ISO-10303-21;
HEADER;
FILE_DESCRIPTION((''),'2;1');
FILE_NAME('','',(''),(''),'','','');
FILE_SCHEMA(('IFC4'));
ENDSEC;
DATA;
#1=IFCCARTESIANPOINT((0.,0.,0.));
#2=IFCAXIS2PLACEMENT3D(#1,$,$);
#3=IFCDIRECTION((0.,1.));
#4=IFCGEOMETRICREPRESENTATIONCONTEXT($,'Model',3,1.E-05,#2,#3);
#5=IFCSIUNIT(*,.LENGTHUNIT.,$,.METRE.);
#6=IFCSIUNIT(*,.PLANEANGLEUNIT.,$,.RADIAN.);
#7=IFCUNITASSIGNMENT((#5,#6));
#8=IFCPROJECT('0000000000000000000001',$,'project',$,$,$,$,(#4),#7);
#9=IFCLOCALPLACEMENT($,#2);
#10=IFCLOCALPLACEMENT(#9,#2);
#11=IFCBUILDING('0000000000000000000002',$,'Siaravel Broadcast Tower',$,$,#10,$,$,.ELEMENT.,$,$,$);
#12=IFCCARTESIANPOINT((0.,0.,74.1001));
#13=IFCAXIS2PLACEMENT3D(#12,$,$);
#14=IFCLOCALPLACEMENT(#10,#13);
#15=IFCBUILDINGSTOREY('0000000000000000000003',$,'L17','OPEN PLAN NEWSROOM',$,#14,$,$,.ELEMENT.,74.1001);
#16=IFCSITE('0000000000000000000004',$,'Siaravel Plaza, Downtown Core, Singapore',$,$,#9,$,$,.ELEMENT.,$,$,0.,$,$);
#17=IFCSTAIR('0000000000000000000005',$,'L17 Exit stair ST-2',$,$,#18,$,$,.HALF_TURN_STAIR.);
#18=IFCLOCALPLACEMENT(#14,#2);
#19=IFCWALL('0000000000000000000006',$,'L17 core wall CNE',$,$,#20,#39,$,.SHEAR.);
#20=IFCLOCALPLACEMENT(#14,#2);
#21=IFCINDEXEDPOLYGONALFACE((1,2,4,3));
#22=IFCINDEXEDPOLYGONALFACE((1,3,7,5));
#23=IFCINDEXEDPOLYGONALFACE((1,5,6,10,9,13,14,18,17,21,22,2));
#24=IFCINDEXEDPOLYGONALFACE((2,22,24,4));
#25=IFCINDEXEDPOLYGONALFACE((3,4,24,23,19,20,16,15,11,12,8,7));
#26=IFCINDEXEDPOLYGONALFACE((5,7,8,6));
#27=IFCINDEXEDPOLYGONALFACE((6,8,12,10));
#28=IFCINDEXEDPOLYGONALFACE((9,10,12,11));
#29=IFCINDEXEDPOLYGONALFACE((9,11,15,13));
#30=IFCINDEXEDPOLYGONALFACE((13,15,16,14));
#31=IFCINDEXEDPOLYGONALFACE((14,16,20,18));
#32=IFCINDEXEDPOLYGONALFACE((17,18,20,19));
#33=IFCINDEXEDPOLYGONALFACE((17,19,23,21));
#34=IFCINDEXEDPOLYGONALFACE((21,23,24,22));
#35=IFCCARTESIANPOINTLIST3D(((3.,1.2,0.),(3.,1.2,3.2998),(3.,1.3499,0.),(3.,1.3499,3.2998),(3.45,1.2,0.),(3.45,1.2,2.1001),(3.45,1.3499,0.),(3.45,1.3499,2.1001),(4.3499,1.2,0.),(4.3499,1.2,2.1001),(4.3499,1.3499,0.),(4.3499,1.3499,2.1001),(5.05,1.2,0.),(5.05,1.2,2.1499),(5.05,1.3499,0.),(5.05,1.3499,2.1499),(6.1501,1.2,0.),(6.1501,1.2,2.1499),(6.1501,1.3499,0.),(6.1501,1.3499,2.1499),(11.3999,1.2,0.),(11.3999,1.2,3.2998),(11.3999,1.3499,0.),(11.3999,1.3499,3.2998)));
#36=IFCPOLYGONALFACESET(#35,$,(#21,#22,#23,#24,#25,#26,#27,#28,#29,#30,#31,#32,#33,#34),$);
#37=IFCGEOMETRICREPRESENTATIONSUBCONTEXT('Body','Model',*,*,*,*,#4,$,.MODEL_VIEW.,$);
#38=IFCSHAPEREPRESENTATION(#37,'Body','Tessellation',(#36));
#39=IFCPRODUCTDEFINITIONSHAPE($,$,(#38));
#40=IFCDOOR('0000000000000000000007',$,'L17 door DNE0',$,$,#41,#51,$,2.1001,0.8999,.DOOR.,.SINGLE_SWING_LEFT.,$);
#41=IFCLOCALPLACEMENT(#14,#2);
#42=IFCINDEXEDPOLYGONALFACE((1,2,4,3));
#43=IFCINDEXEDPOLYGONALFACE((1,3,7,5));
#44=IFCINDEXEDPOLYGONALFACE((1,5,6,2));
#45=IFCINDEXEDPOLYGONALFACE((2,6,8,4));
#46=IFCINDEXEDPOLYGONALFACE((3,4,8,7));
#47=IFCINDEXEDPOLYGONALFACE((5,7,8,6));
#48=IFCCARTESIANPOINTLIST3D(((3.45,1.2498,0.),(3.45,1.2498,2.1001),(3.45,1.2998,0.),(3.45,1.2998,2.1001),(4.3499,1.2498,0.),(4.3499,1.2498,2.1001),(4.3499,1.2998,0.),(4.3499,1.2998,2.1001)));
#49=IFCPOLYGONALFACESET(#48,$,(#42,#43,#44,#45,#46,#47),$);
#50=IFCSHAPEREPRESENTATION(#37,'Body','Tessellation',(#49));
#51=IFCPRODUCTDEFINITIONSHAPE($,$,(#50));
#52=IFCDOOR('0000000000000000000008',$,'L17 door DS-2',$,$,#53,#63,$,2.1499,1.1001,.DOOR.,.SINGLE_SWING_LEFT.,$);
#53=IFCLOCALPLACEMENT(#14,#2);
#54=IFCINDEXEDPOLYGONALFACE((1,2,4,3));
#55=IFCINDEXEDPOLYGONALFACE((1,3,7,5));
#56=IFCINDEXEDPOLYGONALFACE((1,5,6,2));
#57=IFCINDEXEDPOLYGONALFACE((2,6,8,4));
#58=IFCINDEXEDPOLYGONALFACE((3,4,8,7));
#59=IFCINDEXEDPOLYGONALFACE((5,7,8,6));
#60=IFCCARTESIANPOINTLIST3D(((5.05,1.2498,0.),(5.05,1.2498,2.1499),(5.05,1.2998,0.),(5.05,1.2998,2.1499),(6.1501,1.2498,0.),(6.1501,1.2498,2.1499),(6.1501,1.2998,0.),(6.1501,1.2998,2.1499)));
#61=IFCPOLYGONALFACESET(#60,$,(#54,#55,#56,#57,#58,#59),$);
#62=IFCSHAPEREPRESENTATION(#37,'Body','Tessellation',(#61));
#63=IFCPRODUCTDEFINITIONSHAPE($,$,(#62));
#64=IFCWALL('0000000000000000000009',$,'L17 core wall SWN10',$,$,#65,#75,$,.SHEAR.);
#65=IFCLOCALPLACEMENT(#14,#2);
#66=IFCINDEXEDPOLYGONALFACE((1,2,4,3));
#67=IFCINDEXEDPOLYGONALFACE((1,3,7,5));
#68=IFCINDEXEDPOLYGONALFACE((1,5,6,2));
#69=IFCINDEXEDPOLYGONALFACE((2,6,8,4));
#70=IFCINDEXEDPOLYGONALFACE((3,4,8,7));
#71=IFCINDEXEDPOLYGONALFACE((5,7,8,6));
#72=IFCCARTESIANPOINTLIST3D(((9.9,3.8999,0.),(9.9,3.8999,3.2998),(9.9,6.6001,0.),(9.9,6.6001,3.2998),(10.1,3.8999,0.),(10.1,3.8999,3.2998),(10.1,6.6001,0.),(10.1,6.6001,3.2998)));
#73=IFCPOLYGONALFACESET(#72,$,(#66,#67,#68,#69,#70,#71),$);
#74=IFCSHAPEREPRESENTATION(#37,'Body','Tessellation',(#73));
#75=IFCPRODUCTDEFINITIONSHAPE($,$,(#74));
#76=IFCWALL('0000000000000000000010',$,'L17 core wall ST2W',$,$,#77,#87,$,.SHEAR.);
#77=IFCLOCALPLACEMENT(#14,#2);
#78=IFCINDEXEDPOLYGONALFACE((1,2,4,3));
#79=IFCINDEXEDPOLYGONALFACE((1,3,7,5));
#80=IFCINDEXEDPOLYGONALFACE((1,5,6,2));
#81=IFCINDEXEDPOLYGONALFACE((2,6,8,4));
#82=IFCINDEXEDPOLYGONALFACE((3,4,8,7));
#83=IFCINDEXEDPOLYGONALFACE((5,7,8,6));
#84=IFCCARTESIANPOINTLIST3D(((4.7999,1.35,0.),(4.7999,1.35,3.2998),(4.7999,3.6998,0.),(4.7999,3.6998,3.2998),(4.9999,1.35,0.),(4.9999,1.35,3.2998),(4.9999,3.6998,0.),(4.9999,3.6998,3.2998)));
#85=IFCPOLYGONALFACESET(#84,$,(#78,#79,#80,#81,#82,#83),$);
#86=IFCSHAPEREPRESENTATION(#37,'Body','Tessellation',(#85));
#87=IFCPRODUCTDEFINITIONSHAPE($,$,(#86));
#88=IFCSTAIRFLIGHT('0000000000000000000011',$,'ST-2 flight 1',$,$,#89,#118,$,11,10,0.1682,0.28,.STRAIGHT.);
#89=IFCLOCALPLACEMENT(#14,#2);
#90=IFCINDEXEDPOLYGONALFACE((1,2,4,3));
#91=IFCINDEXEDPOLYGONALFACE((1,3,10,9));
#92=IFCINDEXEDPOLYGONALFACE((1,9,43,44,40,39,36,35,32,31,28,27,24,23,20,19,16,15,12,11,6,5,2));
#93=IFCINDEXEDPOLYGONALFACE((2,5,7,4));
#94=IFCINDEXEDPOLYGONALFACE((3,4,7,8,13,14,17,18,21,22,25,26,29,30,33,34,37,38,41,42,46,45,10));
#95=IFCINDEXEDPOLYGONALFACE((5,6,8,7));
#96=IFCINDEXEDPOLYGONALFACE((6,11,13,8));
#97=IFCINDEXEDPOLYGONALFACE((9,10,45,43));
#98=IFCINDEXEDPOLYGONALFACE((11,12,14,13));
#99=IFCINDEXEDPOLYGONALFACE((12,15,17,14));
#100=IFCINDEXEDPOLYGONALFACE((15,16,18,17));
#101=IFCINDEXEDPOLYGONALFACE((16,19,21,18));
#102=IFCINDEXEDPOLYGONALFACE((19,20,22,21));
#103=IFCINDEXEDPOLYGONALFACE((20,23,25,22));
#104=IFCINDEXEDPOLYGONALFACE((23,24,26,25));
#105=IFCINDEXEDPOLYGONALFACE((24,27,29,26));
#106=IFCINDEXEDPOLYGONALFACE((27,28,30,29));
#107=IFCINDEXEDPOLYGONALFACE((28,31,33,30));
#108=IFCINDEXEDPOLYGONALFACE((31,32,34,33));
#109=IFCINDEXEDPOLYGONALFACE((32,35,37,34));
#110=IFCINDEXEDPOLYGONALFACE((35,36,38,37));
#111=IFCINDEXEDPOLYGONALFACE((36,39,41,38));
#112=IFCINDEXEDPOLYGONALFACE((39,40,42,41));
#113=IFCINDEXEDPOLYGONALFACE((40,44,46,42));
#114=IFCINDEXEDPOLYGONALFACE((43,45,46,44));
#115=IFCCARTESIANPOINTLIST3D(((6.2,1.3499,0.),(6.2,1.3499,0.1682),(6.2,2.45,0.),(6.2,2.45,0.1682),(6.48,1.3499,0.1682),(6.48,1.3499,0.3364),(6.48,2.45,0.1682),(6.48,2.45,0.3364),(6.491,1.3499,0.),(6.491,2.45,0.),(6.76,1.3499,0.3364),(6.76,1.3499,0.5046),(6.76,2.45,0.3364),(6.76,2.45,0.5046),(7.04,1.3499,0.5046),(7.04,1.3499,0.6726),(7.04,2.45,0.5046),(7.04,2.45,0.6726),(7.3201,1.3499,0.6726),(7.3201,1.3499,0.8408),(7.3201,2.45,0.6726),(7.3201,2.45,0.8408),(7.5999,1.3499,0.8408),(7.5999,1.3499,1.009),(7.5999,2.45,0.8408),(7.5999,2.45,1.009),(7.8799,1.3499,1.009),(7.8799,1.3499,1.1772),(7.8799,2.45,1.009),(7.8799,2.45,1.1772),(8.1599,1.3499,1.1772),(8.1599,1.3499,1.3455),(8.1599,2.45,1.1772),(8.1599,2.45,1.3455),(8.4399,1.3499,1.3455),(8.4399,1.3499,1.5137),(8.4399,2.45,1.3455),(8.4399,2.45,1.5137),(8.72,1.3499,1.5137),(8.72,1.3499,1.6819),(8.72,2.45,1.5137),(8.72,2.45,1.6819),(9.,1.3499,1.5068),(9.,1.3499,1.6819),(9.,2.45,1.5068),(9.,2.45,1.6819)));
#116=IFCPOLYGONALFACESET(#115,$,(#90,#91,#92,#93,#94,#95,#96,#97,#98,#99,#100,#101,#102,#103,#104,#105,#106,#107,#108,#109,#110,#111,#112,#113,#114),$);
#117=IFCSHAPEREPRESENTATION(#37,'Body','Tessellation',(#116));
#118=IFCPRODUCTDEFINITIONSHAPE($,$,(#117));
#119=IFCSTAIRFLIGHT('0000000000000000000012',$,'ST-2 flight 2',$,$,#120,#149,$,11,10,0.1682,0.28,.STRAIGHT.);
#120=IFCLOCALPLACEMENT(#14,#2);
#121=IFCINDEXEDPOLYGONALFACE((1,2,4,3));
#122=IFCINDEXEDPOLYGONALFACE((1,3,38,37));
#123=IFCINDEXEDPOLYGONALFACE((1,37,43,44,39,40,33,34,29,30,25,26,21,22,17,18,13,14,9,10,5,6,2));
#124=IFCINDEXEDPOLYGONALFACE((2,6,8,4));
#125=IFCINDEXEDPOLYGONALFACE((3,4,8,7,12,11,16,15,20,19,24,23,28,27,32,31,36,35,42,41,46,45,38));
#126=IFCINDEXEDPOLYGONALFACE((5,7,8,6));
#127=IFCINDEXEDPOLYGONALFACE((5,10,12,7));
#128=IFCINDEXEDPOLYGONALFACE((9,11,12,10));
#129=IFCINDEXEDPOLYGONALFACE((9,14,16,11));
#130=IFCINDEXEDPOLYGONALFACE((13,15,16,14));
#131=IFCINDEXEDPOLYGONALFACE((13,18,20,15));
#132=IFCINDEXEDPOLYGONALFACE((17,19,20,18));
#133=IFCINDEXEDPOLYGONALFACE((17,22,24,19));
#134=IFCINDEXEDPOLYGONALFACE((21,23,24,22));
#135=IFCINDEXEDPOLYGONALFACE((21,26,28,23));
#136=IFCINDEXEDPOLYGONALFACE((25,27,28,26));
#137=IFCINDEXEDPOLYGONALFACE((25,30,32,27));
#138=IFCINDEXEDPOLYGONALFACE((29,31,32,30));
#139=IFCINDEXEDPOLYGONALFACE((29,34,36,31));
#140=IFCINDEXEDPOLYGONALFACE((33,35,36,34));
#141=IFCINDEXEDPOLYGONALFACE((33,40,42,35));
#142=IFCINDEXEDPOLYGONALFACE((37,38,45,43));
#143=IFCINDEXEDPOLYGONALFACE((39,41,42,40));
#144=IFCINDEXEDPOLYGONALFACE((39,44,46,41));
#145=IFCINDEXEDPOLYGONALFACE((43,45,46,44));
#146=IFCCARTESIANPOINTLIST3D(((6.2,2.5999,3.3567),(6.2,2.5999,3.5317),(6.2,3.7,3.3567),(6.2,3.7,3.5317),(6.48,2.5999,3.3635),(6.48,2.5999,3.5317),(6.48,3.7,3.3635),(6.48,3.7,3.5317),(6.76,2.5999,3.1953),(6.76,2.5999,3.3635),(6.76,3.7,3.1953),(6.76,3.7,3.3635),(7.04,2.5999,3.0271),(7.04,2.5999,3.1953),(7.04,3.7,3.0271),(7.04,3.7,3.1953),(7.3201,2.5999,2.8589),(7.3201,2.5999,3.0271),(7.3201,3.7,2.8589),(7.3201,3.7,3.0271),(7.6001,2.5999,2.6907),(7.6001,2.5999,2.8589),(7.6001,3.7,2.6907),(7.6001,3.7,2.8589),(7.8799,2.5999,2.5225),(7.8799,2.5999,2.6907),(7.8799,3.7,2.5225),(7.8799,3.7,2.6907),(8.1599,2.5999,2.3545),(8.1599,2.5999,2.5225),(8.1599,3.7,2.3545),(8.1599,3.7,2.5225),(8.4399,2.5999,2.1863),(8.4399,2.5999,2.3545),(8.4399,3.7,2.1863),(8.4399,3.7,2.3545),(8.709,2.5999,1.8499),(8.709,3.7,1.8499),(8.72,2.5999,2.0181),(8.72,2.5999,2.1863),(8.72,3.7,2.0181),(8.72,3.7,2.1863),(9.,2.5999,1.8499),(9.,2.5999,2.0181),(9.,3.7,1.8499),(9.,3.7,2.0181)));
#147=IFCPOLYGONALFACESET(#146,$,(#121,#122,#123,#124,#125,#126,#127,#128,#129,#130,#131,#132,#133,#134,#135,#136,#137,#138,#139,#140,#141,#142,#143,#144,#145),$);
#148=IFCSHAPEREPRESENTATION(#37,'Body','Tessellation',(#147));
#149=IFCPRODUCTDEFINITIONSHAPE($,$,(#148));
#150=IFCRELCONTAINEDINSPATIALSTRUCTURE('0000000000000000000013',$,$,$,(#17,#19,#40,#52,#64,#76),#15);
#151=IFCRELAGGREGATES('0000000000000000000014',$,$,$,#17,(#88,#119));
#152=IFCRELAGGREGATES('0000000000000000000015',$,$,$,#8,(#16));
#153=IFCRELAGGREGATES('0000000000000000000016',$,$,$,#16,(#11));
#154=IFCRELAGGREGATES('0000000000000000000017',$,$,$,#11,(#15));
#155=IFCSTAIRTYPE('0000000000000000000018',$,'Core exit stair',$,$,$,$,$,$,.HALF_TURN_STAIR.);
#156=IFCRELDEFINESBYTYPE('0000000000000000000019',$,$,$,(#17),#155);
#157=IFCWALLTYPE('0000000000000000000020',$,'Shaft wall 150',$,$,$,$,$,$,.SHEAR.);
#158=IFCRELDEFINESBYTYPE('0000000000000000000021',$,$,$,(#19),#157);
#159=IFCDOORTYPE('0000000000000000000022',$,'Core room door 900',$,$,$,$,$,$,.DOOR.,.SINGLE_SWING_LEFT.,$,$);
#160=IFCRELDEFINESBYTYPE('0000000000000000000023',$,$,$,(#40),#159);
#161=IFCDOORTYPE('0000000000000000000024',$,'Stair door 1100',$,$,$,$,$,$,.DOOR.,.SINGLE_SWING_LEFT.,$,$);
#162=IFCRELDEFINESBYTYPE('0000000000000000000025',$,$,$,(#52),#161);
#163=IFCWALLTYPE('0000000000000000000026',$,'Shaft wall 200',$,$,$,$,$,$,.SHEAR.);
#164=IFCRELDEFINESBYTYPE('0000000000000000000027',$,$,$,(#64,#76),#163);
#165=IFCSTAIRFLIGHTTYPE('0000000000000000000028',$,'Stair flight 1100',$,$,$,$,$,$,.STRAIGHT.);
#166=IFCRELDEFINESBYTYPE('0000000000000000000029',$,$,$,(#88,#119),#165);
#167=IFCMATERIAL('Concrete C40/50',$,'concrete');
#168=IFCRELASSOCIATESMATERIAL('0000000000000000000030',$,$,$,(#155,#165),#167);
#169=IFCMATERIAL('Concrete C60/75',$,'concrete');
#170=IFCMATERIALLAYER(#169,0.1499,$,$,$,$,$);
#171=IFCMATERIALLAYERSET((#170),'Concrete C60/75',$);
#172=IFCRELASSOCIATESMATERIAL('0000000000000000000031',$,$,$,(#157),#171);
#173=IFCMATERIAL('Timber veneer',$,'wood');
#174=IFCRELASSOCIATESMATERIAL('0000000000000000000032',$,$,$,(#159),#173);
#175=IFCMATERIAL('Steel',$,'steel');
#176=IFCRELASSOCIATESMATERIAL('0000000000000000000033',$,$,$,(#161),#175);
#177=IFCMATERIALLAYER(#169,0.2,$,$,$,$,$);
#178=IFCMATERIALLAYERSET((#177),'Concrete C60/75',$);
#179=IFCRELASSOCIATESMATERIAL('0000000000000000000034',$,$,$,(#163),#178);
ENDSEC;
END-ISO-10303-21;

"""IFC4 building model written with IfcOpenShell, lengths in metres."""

from ifc_helpers import new_model, si_unit, direction, frame, frame_2d, origin, place, context, subcontext, project, spatial, polyline, rectangle, outline, extrude, material, layer, layer_set, type_object, element, fill, aggregate, save


model = new_model("IFC4")

# Units and contexts
model_context = context("Model", 3, precision=1e-05, world=origin(), true_north=direction((0.0, 1.0)))
body_context = subcontext(model_context, "Body", "Model", "MODEL_VIEW")
ifc_project = project(units=[si_unit("LENGTHUNIT", "METRE"), si_unit("PLANEANGLEUNIT", "RADIAN")], contexts=[model_context])

# Site, building, storey
site_placement = place(None, origin())
site = spatial("IfcSite", under=ifc_project, at=site_placement, Name="Siaravel Plaza, Downtown Core, Singapore", CompositionType="ELEMENT", RefElevation=0.0)
building_placement = place(site_placement, origin())
building = spatial("IfcBuilding", under=site, at=building_placement, Name="Siaravel Broadcast Tower", CompositionType="ELEMENT")
storey_placement = place(building_placement, frame((0.0, 0.0, 74.1001)))
storey = spatial("IfcBuildingStorey", under=building, at=storey_placement, Name="L17", Description="OPEN PLAN NEWSROOM", CompositionType="ELEMENT", Elevation=74.1001)

# Shared definitions
ifc_material_1 = material(Name="Concrete C40/50", Category="concrete")

# Stair
stair_type = type_object("IfcStairType", Name="Core exit stair", PredefinedType="HALF_TURN_STAIR", material=ifc_material_1)
stair_1_placement = place(storey_placement, origin())
stair_1 = element("IfcStair", 1, at=stair_1_placement, inside=storey, type_object=stair_type, Name="L17 Exit stair ST-2", PredefinedType="HALF_TURN_STAIR")

# Shared definitions
ifc_material_2 = material(Name="Timber veneer", Category="wood")

# Wall, openings, doors
ifc_material_3 = material(Name="Concrete C60/75", Category="concrete")
ifc_layer_1 = layer(ifc_material_3, 0.1499)
ifc_layer_set_1 = layer_set([ifc_layer_1], Name="Concrete C60/75")
wall_type_1 = type_object("IfcWallType", Name="Shaft wall 150", PredefinedType="SHEAR", material=ifc_layer_set_1)
wall_1_placement = place(storey_placement, frame((3.0, 1.2749, 0.0), z_axis=(0.0, 0.0, 1.0), x_axis=(1.0, 0.0, 0.0)))
wall_1 = element("IfcWall", 2, at=wall_1_placement, inside=storey, type_object=wall_type_1, Name="L17 core wall CNE", PredefinedType="SHEAR", context=body_context, shape_type="SweptSolid", body=[
    extrude(rectangle(XDim=8.3999, YDim=0.1499, at=frame_2d((4.2, 0.0))), origin(), (0.0, 0.0, 1.0), 3.2998),
])
opening_1_placement = place(wall_1_placement, frame((2.05, 0.0, 0.0)))
opening_1 = element("IfcOpeningElement", 3, at=opening_1_placement, cuts=wall_1, PredefinedType="OPENING", context=body_context, shape_type="SweptSolid", body=[
    extrude(rectangle(XDim=1.1001, YDim=2.1499, at=frame_2d((0.55, 1.075))), frame((0.0, 0.085, 0.0), z_axis=(0.0, -1.0, 0.0), x_axis=(1.0, 0.0, 0.0)), (0.0, 0.0, 1.0), 0.1699),
])
opening_2_placement = place(wall_1_placement, frame((0.45, 0.0, 0.0)))
opening_2 = element("IfcOpeningElement", 4, at=opening_2_placement, cuts=wall_1, PredefinedType="OPENING", context=body_context, shape_type="SweptSolid", body=[
    extrude(rectangle(XDim=0.8999, YDim=2.1001, at=frame_2d((0.45, 1.05))), frame((0.0, 0.085, 0.0), z_axis=(0.0, -1.0, 0.0), x_axis=(1.0, 0.0, 0.0)), (0.0, 0.0, 1.0), 0.1699),
])
door_type_1 = type_object("IfcDoorType", Name="Core room door 900", OperationType="SINGLE_SWING_LEFT", PredefinedType="DOOR", material=ifc_material_2)
door_1_placement = place(opening_2_placement, origin())
door_1 = element("IfcDoor", 5, at=door_1_placement, inside=storey, type_object=door_type_1, Name="L17 door DNE0", OperationType="SINGLE_SWING_LEFT", OverallHeight=2.1001, OverallWidth=0.8999, PredefinedType="DOOR", context=body_context, shape_type="SweptSolid", body=[
    extrude(rectangle(XDim=0.8999, YDim=2.1001, at=frame_2d((0.45, 1.05))), frame((0.0, 0.0249, 0.0), z_axis=(0.0, -1.0, 0.0), x_axis=(1.0, 0.0, 0.0)), (0.0, 0.0, 1.0), 0.05),
])
fill(opening_2, door_1)
ifc_material_4 = material(Name="Steel", Category="steel")
door_type_2 = type_object("IfcDoorType", Name="Stair door 1100", OperationType="SINGLE_SWING_LEFT", PredefinedType="DOOR", material=ifc_material_4)
door_2_placement = place(opening_1_placement, origin())
door_2 = element("IfcDoor", 6, at=door_2_placement, inside=storey, type_object=door_type_2, Name="L17 door DS-2", OperationType="SINGLE_SWING_LEFT", OverallHeight=2.1499, OverallWidth=1.1001, PredefinedType="DOOR", context=body_context, shape_type="SweptSolid", body=[
    extrude(rectangle(XDim=1.1001, YDim=2.1499, at=frame_2d((0.55, 1.075))), frame((0.0, 0.0249, 0.0), z_axis=(0.0, -1.0, 0.0), x_axis=(1.0, 0.0, 0.0)), (0.0, 0.0, 1.0), 0.05),
])
fill(opening_1, door_2)

# Walls
ifc_layer_2 = layer(ifc_material_3, 0.2)
ifc_layer_set_2 = layer_set([ifc_layer_2], Name="Concrete C60/75")
wall_type_2 = type_object("IfcWallType", Name="Shaft wall 200", PredefinedType="SHEAR", material=ifc_layer_set_2)
wall_2_placement = place(storey_placement, frame((10.0, 3.8999, 0.0), z_axis=(0.0, 0.0, 1.0), x_axis=(0.0, 1.0, 0.0)))
element("IfcWall", 7, at=wall_2_placement, inside=storey, type_object=wall_type_2, Name="L17 core wall SWN10", PredefinedType="SHEAR", context=body_context, shape_type="SweptSolid", body=[
    extrude(rectangle(XDim=2.7002, YDim=0.2, at=frame_2d((1.3501, 0.0))), origin(), (0.0, 0.0, 1.0), 3.2998),
])
wall_3_placement = place(storey_placement, frame((4.8999, 1.3501, 0.0), z_axis=(0.0, 0.0, 1.0), x_axis=(0.0, 1.0, 0.0)))
element("IfcWall", 8, at=wall_3_placement, inside=storey, type_object=wall_type_2, Name="L17 core wall ST2W", PredefinedType="SHEAR", context=body_context, shape_type="SweptSolid", body=[
    extrude(rectangle(XDim=2.3499, YDim=0.2, at=frame_2d((1.1748, 0.0))), origin(), (0.0, 0.0, 1.0), 3.2998),
])

# Stair flights
stair_flight_type = type_object("IfcStairFlightType", Name="Stair flight 1100", PredefinedType="STRAIGHT", material=ifc_material_1)
stair_flight_1_placement = place(storey_placement, frame((6.2, 1.8999, 0.0), z_axis=(0.0, 0.0, 1.0), x_axis=(1.0, 0.0, 0.0)))
stair_flight_1 = element("IfcStairFlight", 9, at=stair_flight_1_placement, type_object=stair_flight_type, Name="ST-2 flight 1", NumberOfRisers=11, NumberOfTreads=10, PredefinedType="STRAIGHT", RiserHeight=0.1682, TreadLength=0.28, context=body_context, shape_type="SweptSolid", body=[
    extrude(outline(polyline([(0.0, 0.0), (0.0, 0.1682), (0.28, 0.1682), (0.28, 0.3364), (0.5601, 0.3364), (0.5601, 0.5046), (0.8401, 0.5046), (0.8401, 0.6726), (1.1201, 0.6726), (1.1201, 0.8408), (1.3999, 0.8408), (1.3999, 1.009), (1.6799, 1.009), (1.6799, 1.1772), (1.96, 1.1772), (1.96, 1.3455), (2.24, 1.3455), (2.24, 1.5137), (2.52, 1.5137), (2.52, 1.6819), (2.8, 1.6819), (2.8, 1.8501), (2.8, 1.5068), (0.291, 0.0), (0.0, 0.0)])), frame((0.0, 0.55, 0.0), z_axis=(0.0, -1.0, 0.0), x_axis=(1.0, 0.0, 0.0)), (0.0, 0.0, 1.0), 1.1001),
])
stair_flight_2_placement = place(storey_placement, frame((9.0, 3.1499, 1.8499), z_axis=(0.0, 0.0, 1.0), x_axis=(-1.0, 0.0, 0.0)))
stair_flight_2 = element("IfcStairFlight", 10, at=stair_flight_2_placement, type_object=stair_flight_type, Name="ST-2 flight 2", NumberOfRisers=11, NumberOfTreads=10, PredefinedType="STRAIGHT", RiserHeight=0.1682, TreadLength=0.28, context=body_context, shape_type="SweptSolid", body=[
    extrude(outline(polyline([(0.0, 0.0), (0.0, 0.1682), (0.28, 0.1682), (0.28, 0.3364), (0.5601, 0.3364), (0.5601, 0.5046), (0.8401, 0.5046), (0.8401, 0.6726), (1.1201, 0.6726), (1.1201, 0.8408), (1.3999, 0.8408), (1.3999, 1.009), (1.6799, 1.009), (1.6799, 1.1772), (1.96, 1.1772), (1.96, 1.3455), (2.24, 1.3455), (2.24, 1.5137), (2.52, 1.5137), (2.52, 1.6819), (2.8, 1.6819), (2.8, 1.8501), (2.8, 1.5068), (0.291, 0.0), (0.0, 0.0)])), frame((0.0, 0.55, 0.0), z_axis=(0.0, -1.0, 0.0), x_axis=(1.0, 0.0, 0.0)), (0.0, 0.0, 1.0), 1.1001),
])
aggregate(stair_1, [stair_flight_1, stair_flight_2])

save(model, "model.ifc")
